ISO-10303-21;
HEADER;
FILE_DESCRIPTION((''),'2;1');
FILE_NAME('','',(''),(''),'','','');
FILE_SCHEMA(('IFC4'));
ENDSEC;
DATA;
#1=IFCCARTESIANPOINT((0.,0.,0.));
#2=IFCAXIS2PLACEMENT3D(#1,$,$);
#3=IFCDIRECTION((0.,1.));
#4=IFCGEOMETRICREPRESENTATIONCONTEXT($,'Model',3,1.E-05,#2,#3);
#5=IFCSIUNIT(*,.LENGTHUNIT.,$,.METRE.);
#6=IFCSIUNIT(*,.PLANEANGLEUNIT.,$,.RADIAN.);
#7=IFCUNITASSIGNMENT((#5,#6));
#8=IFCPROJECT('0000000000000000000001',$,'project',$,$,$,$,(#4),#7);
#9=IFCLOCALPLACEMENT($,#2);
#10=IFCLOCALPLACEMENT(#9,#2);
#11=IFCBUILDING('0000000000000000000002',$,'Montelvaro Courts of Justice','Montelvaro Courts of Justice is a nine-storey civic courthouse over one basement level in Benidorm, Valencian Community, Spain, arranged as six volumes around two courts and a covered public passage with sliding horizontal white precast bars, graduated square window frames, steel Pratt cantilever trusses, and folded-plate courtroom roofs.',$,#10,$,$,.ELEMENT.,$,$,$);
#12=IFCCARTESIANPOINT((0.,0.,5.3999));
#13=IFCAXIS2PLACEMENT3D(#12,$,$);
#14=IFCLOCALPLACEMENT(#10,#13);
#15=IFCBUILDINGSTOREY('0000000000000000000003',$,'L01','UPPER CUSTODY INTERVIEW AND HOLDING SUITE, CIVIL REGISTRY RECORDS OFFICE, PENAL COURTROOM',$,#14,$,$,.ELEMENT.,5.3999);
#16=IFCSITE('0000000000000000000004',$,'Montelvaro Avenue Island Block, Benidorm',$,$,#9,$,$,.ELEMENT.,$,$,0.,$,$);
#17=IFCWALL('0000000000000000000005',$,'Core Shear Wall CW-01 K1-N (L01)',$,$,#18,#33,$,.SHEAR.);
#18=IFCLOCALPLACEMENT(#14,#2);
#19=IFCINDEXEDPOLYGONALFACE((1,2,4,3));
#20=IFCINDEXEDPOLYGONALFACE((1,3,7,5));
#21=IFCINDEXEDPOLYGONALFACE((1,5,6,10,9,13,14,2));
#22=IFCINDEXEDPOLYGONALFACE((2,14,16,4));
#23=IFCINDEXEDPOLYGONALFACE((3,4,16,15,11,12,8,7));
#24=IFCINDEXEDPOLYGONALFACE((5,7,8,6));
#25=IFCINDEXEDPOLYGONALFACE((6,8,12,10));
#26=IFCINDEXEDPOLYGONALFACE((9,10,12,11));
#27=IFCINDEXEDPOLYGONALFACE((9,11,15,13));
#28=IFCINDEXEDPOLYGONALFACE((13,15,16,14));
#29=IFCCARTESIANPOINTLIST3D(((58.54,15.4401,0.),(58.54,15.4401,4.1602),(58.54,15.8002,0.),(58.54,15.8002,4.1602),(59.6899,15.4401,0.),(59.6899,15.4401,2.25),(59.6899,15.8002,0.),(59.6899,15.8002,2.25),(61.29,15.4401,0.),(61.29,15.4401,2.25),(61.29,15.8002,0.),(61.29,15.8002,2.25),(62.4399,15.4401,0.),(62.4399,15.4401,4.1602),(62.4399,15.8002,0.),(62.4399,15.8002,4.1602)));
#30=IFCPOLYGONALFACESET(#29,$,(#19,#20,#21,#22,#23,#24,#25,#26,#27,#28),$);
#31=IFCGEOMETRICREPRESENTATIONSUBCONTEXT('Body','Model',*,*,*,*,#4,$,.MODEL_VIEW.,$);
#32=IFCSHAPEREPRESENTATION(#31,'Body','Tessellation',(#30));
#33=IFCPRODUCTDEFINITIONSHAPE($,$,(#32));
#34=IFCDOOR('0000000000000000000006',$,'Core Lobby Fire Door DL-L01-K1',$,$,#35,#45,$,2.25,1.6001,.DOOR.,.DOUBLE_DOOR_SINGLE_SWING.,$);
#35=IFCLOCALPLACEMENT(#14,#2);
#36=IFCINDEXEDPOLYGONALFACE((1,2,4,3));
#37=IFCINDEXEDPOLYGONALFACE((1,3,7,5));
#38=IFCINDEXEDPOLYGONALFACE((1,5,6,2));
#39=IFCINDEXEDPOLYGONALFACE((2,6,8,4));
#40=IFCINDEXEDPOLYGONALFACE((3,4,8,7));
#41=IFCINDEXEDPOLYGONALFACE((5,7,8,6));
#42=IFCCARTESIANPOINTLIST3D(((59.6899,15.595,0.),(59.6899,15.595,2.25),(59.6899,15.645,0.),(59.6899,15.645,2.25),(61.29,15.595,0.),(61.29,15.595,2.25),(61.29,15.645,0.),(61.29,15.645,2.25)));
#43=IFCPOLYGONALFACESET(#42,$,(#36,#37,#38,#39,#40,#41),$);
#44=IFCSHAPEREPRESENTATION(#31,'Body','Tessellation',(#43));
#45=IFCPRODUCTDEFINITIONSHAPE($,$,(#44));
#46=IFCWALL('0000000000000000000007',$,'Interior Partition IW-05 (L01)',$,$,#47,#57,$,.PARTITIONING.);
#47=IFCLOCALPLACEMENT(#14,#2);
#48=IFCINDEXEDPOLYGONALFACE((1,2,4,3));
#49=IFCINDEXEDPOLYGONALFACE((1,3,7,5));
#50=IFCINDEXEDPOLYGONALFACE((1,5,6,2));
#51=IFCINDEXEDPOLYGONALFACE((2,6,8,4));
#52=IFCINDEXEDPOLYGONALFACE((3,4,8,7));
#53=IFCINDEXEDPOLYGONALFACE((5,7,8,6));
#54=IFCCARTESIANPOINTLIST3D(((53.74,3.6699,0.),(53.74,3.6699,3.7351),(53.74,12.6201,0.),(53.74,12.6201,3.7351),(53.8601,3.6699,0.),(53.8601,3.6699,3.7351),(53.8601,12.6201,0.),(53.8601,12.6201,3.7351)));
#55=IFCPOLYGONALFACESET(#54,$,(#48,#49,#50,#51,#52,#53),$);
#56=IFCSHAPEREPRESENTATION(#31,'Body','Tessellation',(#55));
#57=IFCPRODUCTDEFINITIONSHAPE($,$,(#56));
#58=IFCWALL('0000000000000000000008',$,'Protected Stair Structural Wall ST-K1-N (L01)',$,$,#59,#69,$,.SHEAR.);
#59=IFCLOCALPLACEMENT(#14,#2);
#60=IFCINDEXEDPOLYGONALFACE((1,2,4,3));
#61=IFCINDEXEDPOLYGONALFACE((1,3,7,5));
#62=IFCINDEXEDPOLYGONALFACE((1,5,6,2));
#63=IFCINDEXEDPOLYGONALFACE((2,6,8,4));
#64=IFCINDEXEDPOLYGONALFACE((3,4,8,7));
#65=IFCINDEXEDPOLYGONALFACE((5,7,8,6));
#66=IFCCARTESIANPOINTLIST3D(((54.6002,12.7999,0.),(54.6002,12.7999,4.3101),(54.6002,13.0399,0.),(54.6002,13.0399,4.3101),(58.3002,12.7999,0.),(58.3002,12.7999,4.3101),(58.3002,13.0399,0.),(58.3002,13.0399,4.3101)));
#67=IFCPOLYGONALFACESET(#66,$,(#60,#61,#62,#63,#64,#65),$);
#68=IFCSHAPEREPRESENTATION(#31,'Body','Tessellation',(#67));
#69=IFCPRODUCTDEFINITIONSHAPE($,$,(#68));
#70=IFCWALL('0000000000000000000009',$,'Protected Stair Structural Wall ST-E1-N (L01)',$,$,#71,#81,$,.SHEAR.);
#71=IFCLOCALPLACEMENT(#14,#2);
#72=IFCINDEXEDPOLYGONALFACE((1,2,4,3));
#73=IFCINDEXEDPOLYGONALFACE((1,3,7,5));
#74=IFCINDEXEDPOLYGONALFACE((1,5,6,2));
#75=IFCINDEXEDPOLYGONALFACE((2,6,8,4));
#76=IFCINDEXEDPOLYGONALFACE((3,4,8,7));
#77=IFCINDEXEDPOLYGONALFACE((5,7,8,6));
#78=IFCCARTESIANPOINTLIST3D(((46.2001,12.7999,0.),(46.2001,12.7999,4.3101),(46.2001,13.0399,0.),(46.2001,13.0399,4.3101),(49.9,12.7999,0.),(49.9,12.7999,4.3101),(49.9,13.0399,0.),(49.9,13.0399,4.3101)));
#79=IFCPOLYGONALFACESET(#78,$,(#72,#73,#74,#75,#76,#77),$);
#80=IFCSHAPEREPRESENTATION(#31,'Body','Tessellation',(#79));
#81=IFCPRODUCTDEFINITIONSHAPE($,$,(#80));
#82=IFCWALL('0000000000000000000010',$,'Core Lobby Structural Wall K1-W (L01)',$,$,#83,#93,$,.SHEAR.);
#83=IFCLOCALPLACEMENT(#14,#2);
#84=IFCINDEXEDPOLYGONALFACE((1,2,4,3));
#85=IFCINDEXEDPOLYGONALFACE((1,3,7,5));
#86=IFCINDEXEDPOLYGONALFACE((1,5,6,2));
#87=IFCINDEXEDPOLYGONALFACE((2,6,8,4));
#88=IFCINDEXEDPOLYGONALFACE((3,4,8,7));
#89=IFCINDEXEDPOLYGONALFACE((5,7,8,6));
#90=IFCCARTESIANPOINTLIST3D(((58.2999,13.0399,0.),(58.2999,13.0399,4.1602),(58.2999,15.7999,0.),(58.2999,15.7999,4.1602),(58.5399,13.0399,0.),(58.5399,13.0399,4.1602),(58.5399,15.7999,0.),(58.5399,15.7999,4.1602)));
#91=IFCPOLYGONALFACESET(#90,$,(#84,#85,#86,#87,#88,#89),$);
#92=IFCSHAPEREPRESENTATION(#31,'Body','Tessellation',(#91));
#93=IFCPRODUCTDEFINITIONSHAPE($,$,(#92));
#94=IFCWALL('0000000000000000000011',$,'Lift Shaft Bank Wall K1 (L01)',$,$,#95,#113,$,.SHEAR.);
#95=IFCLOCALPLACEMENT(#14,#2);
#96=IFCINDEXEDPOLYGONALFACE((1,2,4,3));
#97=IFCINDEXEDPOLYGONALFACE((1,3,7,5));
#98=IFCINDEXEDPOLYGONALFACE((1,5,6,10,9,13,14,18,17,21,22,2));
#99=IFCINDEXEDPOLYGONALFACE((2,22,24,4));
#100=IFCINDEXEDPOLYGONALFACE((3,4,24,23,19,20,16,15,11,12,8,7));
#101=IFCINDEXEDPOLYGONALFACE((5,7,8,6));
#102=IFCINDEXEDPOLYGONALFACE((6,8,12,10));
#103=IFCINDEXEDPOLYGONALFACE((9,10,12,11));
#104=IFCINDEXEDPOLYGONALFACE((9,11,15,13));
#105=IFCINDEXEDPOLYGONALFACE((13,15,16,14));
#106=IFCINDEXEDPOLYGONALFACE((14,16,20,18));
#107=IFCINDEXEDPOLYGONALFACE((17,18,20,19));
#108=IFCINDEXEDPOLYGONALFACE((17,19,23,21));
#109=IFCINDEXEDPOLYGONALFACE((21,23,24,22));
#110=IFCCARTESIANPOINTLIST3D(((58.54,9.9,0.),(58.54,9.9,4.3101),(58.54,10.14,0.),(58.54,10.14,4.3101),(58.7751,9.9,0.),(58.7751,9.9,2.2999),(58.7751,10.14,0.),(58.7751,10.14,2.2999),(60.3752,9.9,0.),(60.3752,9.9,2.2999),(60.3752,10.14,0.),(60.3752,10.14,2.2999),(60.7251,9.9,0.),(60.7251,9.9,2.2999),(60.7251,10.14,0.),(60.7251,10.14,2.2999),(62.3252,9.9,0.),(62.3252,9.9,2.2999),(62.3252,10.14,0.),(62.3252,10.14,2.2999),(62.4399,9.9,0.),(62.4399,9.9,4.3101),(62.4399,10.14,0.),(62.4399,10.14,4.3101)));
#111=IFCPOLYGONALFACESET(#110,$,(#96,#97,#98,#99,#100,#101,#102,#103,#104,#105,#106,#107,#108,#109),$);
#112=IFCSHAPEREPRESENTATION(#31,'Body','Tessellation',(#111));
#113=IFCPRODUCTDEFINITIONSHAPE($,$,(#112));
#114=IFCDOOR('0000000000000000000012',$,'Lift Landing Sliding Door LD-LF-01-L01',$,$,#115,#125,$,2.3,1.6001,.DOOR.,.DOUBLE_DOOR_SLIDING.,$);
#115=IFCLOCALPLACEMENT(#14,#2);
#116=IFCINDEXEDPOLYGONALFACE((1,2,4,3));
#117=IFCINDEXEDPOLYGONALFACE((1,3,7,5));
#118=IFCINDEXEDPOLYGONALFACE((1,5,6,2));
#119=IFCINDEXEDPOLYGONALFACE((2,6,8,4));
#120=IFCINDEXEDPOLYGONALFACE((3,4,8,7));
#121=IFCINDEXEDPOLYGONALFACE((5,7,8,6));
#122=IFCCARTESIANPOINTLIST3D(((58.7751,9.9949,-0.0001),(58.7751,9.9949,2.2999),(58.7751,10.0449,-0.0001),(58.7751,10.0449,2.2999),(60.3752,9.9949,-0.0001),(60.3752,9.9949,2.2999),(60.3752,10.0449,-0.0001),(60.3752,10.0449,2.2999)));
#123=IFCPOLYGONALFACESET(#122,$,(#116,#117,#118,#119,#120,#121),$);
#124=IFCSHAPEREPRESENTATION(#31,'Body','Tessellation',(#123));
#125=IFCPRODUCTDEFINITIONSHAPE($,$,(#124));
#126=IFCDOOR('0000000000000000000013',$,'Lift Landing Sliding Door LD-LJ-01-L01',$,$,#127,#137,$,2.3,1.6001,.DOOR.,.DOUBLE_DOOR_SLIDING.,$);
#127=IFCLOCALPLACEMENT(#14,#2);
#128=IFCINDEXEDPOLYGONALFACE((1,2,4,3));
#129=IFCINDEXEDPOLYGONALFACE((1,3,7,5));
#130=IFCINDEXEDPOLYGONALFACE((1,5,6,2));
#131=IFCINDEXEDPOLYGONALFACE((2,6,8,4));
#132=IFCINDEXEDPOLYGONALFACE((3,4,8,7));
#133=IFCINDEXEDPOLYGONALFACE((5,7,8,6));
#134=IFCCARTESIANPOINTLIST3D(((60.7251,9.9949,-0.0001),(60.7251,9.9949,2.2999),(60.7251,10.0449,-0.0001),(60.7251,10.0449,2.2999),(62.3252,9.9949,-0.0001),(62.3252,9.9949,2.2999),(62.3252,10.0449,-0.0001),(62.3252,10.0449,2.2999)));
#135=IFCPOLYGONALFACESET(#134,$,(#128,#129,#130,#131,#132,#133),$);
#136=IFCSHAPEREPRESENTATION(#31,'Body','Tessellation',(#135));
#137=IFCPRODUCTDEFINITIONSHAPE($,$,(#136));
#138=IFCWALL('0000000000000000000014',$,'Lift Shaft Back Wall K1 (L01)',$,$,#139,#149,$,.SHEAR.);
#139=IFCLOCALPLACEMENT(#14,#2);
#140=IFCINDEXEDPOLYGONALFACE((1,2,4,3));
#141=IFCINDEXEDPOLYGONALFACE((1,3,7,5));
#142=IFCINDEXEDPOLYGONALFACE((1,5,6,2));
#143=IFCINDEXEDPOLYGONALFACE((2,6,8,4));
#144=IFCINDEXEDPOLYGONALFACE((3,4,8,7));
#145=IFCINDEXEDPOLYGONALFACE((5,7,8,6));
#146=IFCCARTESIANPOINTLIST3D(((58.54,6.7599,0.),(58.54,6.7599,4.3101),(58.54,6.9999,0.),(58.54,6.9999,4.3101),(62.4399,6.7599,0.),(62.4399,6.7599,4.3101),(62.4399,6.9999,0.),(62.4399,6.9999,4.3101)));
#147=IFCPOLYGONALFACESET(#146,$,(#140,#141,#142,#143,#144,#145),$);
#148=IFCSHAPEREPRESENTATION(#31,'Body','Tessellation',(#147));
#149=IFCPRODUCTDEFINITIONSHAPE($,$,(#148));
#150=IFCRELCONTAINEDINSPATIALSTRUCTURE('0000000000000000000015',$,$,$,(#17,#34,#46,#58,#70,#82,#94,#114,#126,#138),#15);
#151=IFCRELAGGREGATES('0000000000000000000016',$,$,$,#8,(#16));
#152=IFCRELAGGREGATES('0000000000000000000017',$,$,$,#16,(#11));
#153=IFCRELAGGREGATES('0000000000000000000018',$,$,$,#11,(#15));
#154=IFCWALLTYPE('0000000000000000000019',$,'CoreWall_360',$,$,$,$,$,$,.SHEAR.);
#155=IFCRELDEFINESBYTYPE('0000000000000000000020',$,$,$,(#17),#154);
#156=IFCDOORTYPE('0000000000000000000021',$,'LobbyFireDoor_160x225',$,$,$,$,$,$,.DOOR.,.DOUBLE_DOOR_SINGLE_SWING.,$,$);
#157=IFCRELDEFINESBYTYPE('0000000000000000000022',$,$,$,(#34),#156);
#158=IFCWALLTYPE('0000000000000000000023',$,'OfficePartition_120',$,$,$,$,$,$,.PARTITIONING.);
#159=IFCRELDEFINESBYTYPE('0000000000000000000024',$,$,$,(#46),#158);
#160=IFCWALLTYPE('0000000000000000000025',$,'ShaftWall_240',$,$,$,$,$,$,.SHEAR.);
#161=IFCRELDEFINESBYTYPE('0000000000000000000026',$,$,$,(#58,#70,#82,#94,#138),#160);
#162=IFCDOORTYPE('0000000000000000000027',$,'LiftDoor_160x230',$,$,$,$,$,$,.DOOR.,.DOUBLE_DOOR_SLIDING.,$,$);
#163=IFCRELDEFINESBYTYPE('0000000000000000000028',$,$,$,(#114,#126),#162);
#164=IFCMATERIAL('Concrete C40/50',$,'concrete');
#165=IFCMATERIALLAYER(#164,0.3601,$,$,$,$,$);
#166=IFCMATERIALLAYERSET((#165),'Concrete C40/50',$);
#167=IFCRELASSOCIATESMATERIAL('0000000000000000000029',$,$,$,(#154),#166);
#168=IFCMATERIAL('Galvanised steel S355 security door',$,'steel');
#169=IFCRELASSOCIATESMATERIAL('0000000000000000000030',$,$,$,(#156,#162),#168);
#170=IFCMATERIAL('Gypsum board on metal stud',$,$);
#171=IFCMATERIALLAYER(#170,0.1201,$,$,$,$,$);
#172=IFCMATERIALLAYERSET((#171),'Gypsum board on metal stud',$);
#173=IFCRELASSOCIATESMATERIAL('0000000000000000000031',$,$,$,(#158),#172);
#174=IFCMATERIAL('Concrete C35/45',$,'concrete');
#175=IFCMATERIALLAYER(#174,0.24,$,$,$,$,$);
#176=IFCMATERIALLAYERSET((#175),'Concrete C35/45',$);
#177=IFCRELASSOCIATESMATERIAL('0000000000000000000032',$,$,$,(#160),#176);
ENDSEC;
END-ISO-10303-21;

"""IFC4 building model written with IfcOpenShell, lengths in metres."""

from ifc_helpers import new_model, si_unit, direction, frame, frame_2d, origin, place, context, subcontext, project, spatial, rectangle, extrude, material, layer, layer_set, type_object, element, fill, save


model = new_model("IFC4")

# Units and contexts
model_context = context("Model", 3, precision=1e-05, world=origin(), true_north=direction((0.0, 1.0)))
body_context = subcontext(model_context, "Body", "Model", "MODEL_VIEW")
ifc_project = project(units=[si_unit("LENGTHUNIT", "METRE"), si_unit("PLANEANGLEUNIT", "RADIAN")], contexts=[model_context])

# Site, building, storey
site_placement = place(None, origin())
site = spatial("IfcSite", under=ifc_project, at=site_placement, Name="Montelvaro Avenue Island Block, Benidorm", CompositionType="ELEMENT", RefElevation=0.0)
building_placement = place(site_placement, origin())
building = spatial("IfcBuilding", under=site, at=building_placement, Name="Montelvaro Courts of Justice", Description="Montelvaro Courts of Justice is a nine-storey civic courthouse over one basement level in Benidorm, Valencian Community, Spain, arranged as six volumes around two courts and a covered public passage with sliding horizontal white precast bars, graduated square window frames, steel Pratt cantilever trusses, and folded-plate courtroom roofs.", CompositionType="ELEMENT")
storey_placement = place(building_placement, frame((0.0, 0.0, 5.3999)))
storey = spatial("IfcBuildingStorey", under=building, at=storey_placement, Name="L01", Description="UPPER CUSTODY INTERVIEW AND HOLDING SUITE, CIVIL REGISTRY RECORDS OFFICE, PENAL COURTROOM", CompositionType="ELEMENT", Elevation=5.3999)

# Shared definitions
ifc_material_1 = material(Name="Gypsum board on metal stud")

# Wall, opening, door
ifc_material_2 = material(Name="Concrete C40/50", Category="concrete")
ifc_layer_1 = layer(ifc_material_2, 0.3601)
ifc_layer_set_1 = layer_set([ifc_layer_1], Name="Concrete C40/50")
wall_type_1 = type_object("IfcWallType", Name="CoreWall_360", PredefinedType="SHEAR", material=ifc_layer_set_1)
wall_1_placement = place(storey_placement, frame((58.54, 15.6201, 0.0), z_axis=(0.0, 0.0, 1.0), x_axis=(1.0, 0.0, 0.0)))
wall_1 = element("IfcWall", 1, at=wall_1_placement, inside=storey, type_object=wall_type_1, Name="Core Shear Wall CW-01 K1-N (L01)", PredefinedType="SHEAR", context=body_context, shape_type="SweptSolid", body=[
    extrude(rectangle(XDim=3.8999, YDim=0.3601, at=frame_2d((1.95, 0.0))), origin(), (0.0, 0.0, 1.0), 4.1602),
])
opening_1_placement = place(wall_1_placement, frame((1.1499, 0.0, 0.0)))
opening_1 = element("IfcOpeningElement", 2, at=opening_1_placement, cuts=wall_1, PredefinedType="OPENING", context=body_context, shape_type="SweptSolid", body=[
    extrude(rectangle(XDim=1.6001, YDim=2.25, at=frame_2d((0.8, 1.125))), frame((0.0, 0.1948, 0.0), z_axis=(0.0, -1.0, 0.0), x_axis=(1.0, 0.0, 0.0)), (0.0, 0.0, 1.0), 0.3899),
])
ifc_material_3 = material(Name="Galvanised steel S355 security door", Category="steel")
door_type_1 = type_object("IfcDoorType", Name="LobbyFireDoor_160x225", OperationType="DOUBLE_DOOR_SINGLE_SWING", PredefinedType="DOOR", material=ifc_material_3)
door_1_placement = place(opening_1_placement, origin())
door_1 = element("IfcDoor", 3, at=door_1_placement, inside=storey, type_object=door_type_1, Name="Core Lobby Fire Door DL-L01-K1", OperationType="DOUBLE_DOOR_SINGLE_SWING", OverallHeight=2.25, OverallWidth=1.6001, PredefinedType="DOOR", context=body_context, shape_type="SweptSolid", body=[
    extrude(rectangle(XDim=1.6001, YDim=2.25, at=frame_2d((0.8, 1.125))), frame((0.0, 0.0249, 0.0), z_axis=(0.0, -1.0, 0.0), x_axis=(1.0, 0.0, 0.0)), (0.0, 0.0, 1.0), 0.05),
])
fill(opening_1, door_1)

# Walls
ifc_layer_2 = layer(ifc_material_1, 0.1201)
ifc_layer_set_2 = layer_set([ifc_layer_2], Name="Gypsum board on metal stud")
wall_type_2 = type_object("IfcWallType", Name="OfficePartition_120", PredefinedType="PARTITIONING", material=ifc_layer_set_2)
wall_2_placement = place(storey_placement, frame((53.8, 12.6201, 0.0), z_axis=(0.0, 0.0, 1.0), x_axis=(0.0, -1.0, 0.0)))
element("IfcWall", 4, at=wall_2_placement, inside=storey, type_object=wall_type_2, Name="Interior Partition IW-05 (L01)", PredefinedType="PARTITIONING", context=body_context, shape_type="SweptSolid", body=[
    extrude(rectangle(XDim=8.9502, YDim=0.1201, at=frame_2d((4.4751, 0.0))), origin(), (0.0, 0.0, 1.0), 3.7351),
])
ifc_material_4 = material(Name="Concrete C35/45", Category="concrete")
ifc_layer_3 = layer(ifc_material_4, 0.24)
ifc_layer_set_3 = layer_set([ifc_layer_3], Name="Concrete C35/45")
wall_type_3 = type_object("IfcWallType", Name="ShaftWall_240", PredefinedType="SHEAR", material=ifc_layer_set_3)
for number, where, z_axis, x_axis, name in (
    (5, (54.6001, 12.9199, 0.0), (0.0, 0.0, 1.0), (1.0, 0.0, 0.0), "Protected Stair Structural Wall ST-K1-N (L01)"),
    (6, (46.2, 12.9199, 0.0), (0.0, 0.0, 1.0), (1.0, 0.0, 0.0), "Protected Stair Structural Wall ST-E1-N (L01)"),
):
    element("IfcWall", number, at=place(storey_placement, frame(where, z_axis=z_axis, x_axis=x_axis)), inside=storey, type_object=wall_type_3, Name=name, PredefinedType="SHEAR", context=body_context, shape_type="SweptSolid", body=[
        extrude(rectangle(XDim=3.7, YDim=0.24, at=frame_2d((1.8501, 0.0))), origin(), (0.0, 0.0, 1.0), 4.3101),
    ])
wall_3_placement = place(storey_placement, frame((58.4199, 13.04, 0.0), z_axis=(0.0, 0.0, 1.0), x_axis=(0.0, 1.0, 0.0)))
element("IfcWall", 7, at=wall_3_placement, inside=storey, type_object=wall_type_3, Name="Core Lobby Structural Wall K1-W (L01)", PredefinedType="SHEAR", context=body_context, shape_type="SweptSolid", body=[
    extrude(rectangle(XDim=2.76, YDim=0.24, at=frame_2d((1.3799, 0.0))), origin(), (0.0, 0.0, 1.0), 4.1602),
])

# Wall, openings, doors
wall_4_placement = place(storey_placement, frame((58.54, 10.02, 0.0), z_axis=(0.0, 0.0, 1.0), x_axis=(1.0, 0.0, 0.0)))
wall_4 = element("IfcWall", 8, at=wall_4_placement, inside=storey, type_object=wall_type_3, Name="Lift Shaft Bank Wall K1 (L01)", PredefinedType="SHEAR", context=body_context, shape_type="SweptSolid", body=[
    extrude(rectangle(XDim=3.8999, YDim=0.24, at=frame_2d((1.95, 0.0))), origin(), (0.0, 0.0, 1.0), 4.3101),
])
opening_2_placement = place(wall_4_placement, frame((0.2351, 0.0, 0.0)))
opening_2 = element("IfcOpeningElement", 9, at=opening_2_placement, cuts=wall_4, PredefinedType="OPENING", context=body_context, shape_type="SweptSolid", body=[
    extrude(rectangle(XDim=1.6001, YDim=2.3, at=frame_2d((0.8, 1.1499))), frame((0.0, 0.1348, 0.0), z_axis=(0.0, -1.0, 0.0), x_axis=(1.0, 0.0, 0.0)), (0.0, 0.0, 1.0), 0.2698),
])
opening_3_placement = place(wall_4_placement, frame((2.1851, 0.0, 0.0)))
opening_3 = element("IfcOpeningElement", 10, at=opening_3_placement, cuts=wall_4, PredefinedType="OPENING", context=body_context, shape_type="SweptSolid", body=[
    extrude(rectangle(XDim=1.6001, YDim=2.3, at=frame_2d((0.8, 1.1499))), frame((0.0, 0.1348, 0.0), z_axis=(0.0, -1.0, 0.0), x_axis=(1.0, 0.0, 0.0)), (0.0, 0.0, 1.0), 0.2698),
])
door_type_2 = type_object("IfcDoorType", Name="LiftDoor_160x230", OperationType="DOUBLE_DOOR_SLIDING", PredefinedType="DOOR", material=ifc_material_3)
door_2_placement = place(opening_2_placement, origin())
door_2 = element("IfcDoor", 11, at=door_2_placement, inside=storey, type_object=door_type_2, Name="Lift Landing Sliding Door LD-LF-01-L01", OperationType="DOUBLE_DOOR_SLIDING", OverallHeight=2.3, OverallWidth=1.6001, PredefinedType="DOOR", context=body_context, shape_type="SweptSolid", body=[
    extrude(rectangle(XDim=1.6001, YDim=2.3, at=frame_2d((0.8, 1.1499))), frame((0.0, 0.0249, 0.0), z_axis=(0.0, -1.0, 0.0), x_axis=(1.0, 0.0, 0.0)), (0.0, 0.0, 1.0), 0.05),
])
fill(opening_2, door_2)
door_3_placement = place(opening_3_placement, origin())
door_3 = element("IfcDoor", 12, at=door_3_placement, inside=storey, type_object=door_type_2, Name="Lift Landing Sliding Door LD-LJ-01-L01", OperationType="DOUBLE_DOOR_SLIDING", OverallHeight=2.3, OverallWidth=1.6001, PredefinedType="DOOR", context=body_context, shape_type="SweptSolid", body=[
    extrude(rectangle(XDim=1.6001, YDim=2.3, at=frame_2d((0.8, 1.1499))), frame((0.0, 0.0249, 0.0), z_axis=(0.0, -1.0, 0.0), x_axis=(1.0, 0.0, 0.0)), (0.0, 0.0, 1.0), 0.05),
])
fill(opening_3, door_3)

# Wall
wall_5_placement = place(storey_placement, frame((58.54, 6.8799, 0.0), z_axis=(0.0, 0.0, 1.0), x_axis=(1.0, 0.0, 0.0)))
element("IfcWall", 13, at=wall_5_placement, inside=storey, type_object=wall_type_3, Name="Lift Shaft Back Wall K1 (L01)", PredefinedType="SHEAR", context=body_context, shape_type="SweptSolid", body=[
    extrude(rectangle(XDim=3.8999, YDim=0.24, at=frame_2d((1.95, 0.0))), origin(), (0.0, 0.0, 1.0), 4.3101),
])

save(model, "model.ifc")
